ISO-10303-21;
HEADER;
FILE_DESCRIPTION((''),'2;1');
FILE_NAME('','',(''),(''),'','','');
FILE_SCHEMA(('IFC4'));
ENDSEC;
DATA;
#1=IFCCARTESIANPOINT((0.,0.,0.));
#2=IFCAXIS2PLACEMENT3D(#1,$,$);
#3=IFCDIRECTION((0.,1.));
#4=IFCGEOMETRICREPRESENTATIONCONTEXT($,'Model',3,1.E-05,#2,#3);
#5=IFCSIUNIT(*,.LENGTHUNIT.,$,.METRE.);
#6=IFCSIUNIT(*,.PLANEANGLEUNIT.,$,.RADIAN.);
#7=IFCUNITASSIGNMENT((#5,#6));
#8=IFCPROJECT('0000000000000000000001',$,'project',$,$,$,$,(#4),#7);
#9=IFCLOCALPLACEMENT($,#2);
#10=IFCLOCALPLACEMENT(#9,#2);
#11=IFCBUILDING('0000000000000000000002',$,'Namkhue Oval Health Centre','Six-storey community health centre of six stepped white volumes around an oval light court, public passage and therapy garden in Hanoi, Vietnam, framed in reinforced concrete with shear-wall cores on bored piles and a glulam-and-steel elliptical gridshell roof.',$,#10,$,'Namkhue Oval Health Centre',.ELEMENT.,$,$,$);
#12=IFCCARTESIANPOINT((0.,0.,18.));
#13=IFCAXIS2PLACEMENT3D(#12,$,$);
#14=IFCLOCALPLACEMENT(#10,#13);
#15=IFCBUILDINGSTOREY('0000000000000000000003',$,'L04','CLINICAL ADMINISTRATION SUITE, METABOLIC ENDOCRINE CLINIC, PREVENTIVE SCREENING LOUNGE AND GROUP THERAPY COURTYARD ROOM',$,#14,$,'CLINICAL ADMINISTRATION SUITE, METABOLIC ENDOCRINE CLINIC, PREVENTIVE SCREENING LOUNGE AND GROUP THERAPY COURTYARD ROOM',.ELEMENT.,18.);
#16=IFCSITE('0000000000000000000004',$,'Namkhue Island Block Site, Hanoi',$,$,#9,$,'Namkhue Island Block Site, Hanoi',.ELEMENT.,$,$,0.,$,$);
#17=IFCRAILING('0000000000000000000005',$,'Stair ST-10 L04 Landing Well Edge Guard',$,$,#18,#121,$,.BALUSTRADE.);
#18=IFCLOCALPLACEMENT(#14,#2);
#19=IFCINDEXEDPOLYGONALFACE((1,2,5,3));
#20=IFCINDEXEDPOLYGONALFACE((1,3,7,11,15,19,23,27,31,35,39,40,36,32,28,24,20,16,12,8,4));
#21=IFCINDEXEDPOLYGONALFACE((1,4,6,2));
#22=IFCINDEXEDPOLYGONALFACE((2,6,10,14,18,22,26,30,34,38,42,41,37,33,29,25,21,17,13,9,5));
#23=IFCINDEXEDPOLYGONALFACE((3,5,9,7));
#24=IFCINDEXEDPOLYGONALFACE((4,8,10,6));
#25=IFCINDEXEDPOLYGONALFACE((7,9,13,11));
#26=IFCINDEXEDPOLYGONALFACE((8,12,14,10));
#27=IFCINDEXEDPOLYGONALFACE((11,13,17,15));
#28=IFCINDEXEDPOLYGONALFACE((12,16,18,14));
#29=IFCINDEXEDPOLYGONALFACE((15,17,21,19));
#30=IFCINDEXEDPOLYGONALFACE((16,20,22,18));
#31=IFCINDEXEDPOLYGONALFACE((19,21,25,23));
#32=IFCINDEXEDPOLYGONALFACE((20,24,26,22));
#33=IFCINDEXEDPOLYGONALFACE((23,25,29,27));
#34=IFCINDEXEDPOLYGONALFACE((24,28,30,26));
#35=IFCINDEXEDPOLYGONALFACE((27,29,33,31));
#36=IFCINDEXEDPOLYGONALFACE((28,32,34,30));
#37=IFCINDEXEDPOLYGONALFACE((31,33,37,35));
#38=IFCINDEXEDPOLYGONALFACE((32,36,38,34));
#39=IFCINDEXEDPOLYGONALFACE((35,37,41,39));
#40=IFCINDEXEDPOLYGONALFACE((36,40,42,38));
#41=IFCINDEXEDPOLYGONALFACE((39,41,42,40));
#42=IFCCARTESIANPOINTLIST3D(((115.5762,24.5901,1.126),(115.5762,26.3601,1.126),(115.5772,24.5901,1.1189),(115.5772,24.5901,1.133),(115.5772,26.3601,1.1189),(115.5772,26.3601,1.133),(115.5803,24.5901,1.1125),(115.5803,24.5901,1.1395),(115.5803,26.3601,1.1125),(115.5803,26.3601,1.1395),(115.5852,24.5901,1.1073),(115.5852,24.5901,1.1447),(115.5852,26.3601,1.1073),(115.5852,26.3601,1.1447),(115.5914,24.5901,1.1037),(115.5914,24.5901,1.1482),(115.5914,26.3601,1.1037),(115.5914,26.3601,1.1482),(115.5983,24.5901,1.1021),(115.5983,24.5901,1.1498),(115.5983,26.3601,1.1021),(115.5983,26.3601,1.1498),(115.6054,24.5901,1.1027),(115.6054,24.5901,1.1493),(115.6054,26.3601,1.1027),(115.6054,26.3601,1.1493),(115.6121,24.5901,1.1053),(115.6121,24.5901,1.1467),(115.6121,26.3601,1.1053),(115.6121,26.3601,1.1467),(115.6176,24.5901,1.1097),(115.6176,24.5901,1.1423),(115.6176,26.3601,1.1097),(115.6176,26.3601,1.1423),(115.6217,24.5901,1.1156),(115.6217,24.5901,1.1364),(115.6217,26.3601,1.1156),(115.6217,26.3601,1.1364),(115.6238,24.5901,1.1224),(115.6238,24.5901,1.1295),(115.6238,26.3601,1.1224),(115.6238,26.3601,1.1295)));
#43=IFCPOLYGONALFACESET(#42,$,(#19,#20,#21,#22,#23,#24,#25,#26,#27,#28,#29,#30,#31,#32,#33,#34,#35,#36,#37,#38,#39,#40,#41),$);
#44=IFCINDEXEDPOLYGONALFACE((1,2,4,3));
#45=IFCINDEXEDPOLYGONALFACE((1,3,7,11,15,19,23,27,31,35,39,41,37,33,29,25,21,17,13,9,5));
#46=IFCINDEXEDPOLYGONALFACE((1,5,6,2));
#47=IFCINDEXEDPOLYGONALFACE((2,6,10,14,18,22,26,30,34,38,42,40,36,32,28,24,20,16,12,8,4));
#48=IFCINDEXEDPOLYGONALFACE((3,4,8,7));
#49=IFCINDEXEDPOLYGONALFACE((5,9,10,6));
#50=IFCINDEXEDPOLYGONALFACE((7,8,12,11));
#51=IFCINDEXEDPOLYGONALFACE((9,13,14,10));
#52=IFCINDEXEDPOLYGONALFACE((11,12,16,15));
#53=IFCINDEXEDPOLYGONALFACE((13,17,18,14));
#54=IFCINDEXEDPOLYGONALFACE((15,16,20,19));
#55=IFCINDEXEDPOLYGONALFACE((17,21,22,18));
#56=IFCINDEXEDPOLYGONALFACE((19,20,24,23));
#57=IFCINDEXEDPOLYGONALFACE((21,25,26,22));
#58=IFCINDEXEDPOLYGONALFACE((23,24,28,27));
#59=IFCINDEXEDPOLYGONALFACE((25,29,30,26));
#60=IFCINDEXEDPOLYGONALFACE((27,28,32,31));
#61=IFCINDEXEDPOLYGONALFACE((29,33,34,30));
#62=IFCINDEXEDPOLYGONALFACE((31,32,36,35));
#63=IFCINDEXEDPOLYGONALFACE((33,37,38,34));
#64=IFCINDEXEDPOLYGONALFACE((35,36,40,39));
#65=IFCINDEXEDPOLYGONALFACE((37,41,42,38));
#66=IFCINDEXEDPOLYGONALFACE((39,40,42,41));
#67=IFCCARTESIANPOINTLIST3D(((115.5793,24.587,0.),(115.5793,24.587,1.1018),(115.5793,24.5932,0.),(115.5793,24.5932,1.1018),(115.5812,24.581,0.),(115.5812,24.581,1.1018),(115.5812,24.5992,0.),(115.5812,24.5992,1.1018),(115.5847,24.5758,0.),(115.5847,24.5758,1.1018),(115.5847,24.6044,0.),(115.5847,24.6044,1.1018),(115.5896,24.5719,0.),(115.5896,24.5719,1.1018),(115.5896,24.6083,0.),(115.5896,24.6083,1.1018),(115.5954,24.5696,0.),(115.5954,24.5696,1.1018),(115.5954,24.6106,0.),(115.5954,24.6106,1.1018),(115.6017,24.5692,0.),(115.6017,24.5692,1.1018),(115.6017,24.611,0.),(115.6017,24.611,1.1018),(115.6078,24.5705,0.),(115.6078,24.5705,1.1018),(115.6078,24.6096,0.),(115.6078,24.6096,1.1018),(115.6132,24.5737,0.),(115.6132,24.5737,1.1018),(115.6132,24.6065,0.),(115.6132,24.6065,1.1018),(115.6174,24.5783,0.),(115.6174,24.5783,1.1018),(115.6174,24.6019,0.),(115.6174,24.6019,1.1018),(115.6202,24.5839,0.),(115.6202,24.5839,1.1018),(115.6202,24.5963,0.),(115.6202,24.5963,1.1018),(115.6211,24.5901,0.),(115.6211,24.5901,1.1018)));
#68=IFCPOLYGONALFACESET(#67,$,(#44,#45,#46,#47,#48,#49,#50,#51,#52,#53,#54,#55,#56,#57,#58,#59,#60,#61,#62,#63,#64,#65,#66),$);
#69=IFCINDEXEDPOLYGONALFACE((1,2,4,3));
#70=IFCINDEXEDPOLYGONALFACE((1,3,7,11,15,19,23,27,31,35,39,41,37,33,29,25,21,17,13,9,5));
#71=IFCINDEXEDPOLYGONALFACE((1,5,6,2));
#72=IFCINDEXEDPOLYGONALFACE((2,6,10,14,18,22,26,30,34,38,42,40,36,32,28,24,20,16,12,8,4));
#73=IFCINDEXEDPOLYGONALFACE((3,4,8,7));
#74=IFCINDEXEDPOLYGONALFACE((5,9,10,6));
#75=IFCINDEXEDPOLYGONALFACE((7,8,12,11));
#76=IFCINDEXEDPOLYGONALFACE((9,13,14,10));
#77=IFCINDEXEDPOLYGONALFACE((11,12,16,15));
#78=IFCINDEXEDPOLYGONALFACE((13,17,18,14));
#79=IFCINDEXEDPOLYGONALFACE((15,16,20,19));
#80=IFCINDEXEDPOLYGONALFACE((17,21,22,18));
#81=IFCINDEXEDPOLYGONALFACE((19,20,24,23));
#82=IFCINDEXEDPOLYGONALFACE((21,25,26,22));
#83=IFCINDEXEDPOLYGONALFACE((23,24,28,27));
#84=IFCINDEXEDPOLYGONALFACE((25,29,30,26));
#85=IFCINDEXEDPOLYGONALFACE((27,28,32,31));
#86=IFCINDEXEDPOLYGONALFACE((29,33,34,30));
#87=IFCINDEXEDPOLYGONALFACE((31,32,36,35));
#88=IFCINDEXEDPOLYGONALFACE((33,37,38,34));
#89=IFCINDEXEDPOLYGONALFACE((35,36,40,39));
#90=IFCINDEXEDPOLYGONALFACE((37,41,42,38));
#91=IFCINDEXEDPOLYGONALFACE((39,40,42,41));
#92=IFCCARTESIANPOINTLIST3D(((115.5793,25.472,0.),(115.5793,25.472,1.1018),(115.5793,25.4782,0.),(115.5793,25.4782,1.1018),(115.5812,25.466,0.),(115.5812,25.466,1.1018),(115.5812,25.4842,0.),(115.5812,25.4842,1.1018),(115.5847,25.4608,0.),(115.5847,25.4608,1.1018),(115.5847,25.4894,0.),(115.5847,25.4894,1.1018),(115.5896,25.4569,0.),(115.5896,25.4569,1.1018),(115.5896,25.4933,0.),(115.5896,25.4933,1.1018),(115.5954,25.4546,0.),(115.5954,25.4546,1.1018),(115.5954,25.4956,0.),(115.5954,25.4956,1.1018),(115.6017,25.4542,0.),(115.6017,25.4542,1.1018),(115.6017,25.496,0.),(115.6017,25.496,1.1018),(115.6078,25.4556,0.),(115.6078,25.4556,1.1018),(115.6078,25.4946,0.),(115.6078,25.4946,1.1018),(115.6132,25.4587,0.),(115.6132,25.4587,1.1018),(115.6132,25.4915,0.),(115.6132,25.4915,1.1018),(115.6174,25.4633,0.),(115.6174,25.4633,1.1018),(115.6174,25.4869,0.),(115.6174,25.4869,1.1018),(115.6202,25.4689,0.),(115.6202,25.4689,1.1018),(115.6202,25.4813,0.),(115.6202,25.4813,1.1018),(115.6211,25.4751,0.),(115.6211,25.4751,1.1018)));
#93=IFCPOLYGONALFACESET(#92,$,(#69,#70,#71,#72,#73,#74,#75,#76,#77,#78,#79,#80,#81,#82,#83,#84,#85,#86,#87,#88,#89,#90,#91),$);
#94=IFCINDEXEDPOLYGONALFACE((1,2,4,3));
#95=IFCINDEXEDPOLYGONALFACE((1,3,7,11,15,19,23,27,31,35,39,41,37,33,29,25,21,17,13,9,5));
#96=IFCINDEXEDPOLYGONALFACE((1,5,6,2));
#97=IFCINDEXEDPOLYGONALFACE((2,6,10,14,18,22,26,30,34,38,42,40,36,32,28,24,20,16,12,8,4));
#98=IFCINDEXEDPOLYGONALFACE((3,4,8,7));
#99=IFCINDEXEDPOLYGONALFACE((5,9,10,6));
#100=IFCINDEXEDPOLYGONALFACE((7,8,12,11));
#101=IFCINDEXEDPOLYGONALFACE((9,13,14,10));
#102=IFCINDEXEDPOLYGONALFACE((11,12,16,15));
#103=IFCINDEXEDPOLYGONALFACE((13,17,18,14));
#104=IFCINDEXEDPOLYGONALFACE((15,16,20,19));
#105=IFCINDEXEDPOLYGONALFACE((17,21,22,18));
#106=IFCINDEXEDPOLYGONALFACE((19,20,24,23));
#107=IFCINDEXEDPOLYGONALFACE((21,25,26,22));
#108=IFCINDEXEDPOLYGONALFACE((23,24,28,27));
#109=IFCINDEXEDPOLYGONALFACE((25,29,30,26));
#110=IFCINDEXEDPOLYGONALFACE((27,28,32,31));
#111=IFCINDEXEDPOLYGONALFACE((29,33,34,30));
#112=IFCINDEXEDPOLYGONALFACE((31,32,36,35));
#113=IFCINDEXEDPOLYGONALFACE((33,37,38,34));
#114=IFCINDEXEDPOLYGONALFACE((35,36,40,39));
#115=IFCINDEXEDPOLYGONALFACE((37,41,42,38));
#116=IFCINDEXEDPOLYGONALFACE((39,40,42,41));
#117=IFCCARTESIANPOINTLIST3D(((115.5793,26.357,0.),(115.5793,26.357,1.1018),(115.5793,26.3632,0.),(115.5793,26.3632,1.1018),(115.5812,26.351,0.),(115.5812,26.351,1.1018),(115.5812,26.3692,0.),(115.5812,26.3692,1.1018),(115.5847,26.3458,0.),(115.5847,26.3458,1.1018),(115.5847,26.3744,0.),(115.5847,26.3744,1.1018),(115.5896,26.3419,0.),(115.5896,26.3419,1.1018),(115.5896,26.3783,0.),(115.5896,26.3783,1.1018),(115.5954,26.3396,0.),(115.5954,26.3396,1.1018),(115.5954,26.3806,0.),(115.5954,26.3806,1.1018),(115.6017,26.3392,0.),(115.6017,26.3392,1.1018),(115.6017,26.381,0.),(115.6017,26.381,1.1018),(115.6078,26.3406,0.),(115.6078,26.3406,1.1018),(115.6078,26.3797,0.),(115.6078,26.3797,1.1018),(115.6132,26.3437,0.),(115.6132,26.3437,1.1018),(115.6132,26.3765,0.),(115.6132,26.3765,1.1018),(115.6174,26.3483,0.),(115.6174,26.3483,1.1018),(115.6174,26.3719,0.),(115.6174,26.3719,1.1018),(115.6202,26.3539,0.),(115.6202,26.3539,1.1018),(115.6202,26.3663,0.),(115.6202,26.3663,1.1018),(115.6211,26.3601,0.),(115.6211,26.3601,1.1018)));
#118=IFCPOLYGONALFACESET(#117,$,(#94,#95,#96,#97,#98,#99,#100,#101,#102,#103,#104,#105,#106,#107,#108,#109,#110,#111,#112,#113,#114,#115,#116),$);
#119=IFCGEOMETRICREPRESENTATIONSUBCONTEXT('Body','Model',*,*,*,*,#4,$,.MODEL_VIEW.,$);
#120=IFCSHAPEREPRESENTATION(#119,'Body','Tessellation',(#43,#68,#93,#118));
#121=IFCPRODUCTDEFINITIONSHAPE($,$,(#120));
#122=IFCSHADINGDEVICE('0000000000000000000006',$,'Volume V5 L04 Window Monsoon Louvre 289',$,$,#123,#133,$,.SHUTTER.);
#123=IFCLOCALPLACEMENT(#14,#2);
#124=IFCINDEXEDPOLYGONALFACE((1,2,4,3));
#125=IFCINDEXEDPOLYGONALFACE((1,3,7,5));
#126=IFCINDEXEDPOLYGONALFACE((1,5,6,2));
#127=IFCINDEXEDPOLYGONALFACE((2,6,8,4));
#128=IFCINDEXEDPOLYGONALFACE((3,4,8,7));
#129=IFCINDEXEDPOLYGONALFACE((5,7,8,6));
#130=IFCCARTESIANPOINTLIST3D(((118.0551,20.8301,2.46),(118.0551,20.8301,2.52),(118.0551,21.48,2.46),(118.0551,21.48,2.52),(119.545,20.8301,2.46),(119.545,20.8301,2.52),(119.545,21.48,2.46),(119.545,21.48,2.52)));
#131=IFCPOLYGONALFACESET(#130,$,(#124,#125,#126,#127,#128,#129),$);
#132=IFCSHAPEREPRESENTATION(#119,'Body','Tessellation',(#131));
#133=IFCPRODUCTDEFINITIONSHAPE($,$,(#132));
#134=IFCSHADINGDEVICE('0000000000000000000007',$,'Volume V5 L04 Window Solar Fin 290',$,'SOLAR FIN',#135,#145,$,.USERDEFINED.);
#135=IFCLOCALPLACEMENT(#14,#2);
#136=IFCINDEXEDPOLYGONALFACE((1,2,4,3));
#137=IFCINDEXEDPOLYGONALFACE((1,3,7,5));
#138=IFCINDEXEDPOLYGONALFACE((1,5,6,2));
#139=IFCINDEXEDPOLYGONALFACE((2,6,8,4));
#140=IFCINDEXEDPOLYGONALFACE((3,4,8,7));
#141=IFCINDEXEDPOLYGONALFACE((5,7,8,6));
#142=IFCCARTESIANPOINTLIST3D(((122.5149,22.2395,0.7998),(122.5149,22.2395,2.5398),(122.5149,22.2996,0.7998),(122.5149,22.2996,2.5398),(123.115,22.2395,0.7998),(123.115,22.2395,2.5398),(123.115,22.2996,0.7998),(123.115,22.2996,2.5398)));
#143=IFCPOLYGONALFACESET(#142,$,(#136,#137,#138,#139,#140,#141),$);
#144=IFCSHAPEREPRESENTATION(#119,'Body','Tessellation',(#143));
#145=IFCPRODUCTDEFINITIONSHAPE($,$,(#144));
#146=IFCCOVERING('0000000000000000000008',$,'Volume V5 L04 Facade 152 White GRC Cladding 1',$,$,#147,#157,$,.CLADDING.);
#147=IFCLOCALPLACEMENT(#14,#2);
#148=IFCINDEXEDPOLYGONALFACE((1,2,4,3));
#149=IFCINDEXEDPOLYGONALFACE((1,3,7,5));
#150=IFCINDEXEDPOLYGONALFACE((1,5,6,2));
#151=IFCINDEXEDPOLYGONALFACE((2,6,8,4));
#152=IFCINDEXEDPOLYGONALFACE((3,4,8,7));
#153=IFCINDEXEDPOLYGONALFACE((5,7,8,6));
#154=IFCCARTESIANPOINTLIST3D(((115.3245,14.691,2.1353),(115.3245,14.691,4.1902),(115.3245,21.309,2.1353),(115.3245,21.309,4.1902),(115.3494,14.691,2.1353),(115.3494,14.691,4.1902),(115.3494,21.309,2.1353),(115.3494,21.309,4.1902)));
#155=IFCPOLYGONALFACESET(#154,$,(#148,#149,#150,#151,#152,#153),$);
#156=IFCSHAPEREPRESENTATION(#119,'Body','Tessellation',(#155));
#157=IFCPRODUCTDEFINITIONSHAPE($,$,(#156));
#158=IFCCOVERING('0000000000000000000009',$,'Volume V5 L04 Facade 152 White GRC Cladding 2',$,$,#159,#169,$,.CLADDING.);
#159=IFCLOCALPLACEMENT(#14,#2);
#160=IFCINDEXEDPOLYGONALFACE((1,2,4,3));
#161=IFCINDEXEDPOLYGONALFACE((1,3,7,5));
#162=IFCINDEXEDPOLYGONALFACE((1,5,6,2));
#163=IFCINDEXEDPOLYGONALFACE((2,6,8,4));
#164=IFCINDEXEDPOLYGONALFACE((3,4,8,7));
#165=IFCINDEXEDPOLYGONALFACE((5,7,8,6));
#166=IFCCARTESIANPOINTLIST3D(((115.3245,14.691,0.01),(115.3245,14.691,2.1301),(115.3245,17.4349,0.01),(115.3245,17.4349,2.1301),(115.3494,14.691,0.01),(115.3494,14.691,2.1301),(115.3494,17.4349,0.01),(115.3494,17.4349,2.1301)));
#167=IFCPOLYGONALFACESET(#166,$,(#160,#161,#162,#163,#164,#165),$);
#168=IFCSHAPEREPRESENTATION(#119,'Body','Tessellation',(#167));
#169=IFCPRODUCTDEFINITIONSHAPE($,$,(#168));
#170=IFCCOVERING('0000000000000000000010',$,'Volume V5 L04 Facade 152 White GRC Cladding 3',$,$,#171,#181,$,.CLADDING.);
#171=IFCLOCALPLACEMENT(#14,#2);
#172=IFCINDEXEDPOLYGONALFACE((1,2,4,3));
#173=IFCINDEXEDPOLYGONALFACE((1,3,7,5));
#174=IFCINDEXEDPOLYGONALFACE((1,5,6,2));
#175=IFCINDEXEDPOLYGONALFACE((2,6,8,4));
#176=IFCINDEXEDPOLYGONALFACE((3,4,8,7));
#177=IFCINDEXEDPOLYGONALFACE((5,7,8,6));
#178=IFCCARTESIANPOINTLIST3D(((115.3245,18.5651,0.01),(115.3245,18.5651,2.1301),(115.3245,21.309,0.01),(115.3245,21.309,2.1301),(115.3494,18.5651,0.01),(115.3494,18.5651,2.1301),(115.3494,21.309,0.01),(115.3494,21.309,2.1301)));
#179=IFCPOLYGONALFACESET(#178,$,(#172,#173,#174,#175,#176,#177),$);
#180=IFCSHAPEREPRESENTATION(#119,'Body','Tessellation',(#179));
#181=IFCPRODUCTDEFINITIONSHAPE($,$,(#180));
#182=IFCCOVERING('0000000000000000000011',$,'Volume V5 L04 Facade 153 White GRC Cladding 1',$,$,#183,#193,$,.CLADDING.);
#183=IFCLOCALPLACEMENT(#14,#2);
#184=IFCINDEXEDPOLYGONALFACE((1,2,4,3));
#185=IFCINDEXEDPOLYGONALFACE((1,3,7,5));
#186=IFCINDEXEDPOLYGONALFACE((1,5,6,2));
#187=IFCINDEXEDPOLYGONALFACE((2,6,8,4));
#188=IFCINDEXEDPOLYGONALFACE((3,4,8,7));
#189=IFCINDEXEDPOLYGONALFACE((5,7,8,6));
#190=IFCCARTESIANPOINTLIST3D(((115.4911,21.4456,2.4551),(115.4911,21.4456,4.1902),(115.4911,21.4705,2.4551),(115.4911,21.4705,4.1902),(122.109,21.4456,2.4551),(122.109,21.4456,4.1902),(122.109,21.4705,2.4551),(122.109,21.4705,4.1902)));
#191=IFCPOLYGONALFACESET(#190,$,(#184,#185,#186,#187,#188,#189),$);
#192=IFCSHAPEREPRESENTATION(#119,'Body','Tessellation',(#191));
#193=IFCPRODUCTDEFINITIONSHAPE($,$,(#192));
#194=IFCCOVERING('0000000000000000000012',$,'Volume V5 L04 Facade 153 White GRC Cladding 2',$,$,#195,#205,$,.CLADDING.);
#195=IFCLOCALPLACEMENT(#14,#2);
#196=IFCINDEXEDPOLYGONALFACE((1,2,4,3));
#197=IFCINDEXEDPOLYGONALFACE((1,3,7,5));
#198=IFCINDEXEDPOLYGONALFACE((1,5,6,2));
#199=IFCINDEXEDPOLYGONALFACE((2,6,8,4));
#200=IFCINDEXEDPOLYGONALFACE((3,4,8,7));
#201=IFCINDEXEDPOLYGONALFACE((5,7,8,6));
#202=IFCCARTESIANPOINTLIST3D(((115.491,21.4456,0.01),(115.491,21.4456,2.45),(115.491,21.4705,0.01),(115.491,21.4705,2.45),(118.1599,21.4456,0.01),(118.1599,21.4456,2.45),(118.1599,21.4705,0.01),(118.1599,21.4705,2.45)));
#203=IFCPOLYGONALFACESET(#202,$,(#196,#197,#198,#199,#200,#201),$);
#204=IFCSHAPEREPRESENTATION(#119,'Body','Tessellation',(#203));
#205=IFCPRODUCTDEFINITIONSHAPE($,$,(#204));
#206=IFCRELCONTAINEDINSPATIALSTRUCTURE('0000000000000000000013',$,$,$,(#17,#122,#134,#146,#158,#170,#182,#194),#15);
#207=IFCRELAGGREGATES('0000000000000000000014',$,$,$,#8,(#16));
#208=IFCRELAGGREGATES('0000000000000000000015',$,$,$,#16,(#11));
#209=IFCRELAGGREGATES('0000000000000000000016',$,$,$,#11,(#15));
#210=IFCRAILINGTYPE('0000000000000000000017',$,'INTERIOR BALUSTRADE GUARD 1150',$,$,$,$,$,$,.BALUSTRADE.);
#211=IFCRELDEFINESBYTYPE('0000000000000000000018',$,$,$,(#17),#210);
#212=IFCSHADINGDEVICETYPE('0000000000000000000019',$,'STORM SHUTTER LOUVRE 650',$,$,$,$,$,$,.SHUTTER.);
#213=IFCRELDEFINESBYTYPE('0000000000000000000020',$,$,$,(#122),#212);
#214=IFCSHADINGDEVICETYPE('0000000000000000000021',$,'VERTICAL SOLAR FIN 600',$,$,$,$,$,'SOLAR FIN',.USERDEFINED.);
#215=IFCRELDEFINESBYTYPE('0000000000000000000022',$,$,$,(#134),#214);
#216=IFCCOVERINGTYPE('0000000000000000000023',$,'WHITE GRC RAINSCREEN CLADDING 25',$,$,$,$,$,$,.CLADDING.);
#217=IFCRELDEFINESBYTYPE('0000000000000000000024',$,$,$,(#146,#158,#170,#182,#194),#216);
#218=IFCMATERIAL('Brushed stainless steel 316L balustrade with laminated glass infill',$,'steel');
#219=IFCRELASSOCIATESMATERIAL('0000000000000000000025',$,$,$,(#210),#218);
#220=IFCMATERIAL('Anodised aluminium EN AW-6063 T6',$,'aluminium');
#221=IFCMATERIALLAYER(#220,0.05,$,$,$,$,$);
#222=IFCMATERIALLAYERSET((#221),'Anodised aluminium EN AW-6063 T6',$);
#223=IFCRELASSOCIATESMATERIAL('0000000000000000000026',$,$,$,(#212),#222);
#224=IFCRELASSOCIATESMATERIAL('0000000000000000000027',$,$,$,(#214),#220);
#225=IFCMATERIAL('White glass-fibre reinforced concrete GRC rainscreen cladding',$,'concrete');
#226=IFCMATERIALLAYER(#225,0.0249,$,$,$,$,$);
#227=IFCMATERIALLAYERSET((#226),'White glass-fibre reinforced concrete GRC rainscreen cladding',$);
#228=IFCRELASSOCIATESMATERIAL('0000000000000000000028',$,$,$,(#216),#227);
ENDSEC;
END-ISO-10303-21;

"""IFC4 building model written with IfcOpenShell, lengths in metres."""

from ifc_helpers import new_model, si_unit, direction, frame, origin, origin_2d, place, context, subcontext, project, spatial, rectangle, circle, extrude, material, layer, layer_set, type_object, element, save


model = new_model("IFC4")

# Units and contexts
model_context = context("Model", 3, precision=1e-05, world=origin(), true_north=direction((0.0, 1.0)))
body_context = subcontext(model_context, "Body", "Model", "MODEL_VIEW")
ifc_project = project(units=[si_unit("LENGTHUNIT", "METRE"), si_unit("PLANEANGLEUNIT", "RADIAN")], contexts=[model_context])

# Site, building, storey
site_placement = place(None, origin())
site = spatial("IfcSite", under=ifc_project, at=site_placement, Name="Namkhue Island Block Site, Hanoi", LongName="Namkhue Island Block Site, Hanoi", CompositionType="ELEMENT", RefElevation=0.0)
building_placement = place(site_placement, origin())
building = spatial("IfcBuilding", under=site, at=building_placement, Name="Namkhue Oval Health Centre", Description="Six-storey community health centre of six stepped white volumes around an oval light court, public passage and therapy garden in Hanoi, Vietnam, framed in reinforced concrete with shear-wall cores on bored piles and a glulam-and-steel elliptical gridshell roof.", LongName="Namkhue Oval Health Centre", CompositionType="ELEMENT")
storey_placement = place(building_placement, frame((0.0, 0.0, 18.0)))
storey = spatial("IfcBuildingStorey", under=building, at=storey_placement, Name="L04", Description="CLINICAL ADMINISTRATION SUITE, METABOLIC ENDOCRINE CLINIC, PREVENTIVE SCREENING LOUNGE AND GROUP THERAPY COURTYARD ROOM", LongName="CLINICAL ADMINISTRATION SUITE, METABOLIC ENDOCRINE CLINIC, PREVENTIVE SCREENING LOUNGE AND GROUP THERAPY COURTYARD ROOM", CompositionType="ELEMENT", Elevation=18.0)

# Railing
ifc_material_1 = material(Name="Brushed stainless steel 316L balustrade with laminated glass infill", Category="steel")
railing_type = type_object("IfcRailingType", Name="INTERIOR BALUSTRADE GUARD 1150", PredefinedType="BALUSTRADE", material=ifc_material_1)
railing_placement = place(storey_placement, frame((115.6001, 24.5901, 0.0)))
element("IfcRailing", 1, at=railing_placement, inside=storey, type_object=railing_type, Name="Stair ST-10 L04 Landing Well Edge Guard", PredefinedType="BALUSTRADE", context=body_context, shape_type="SweptSolid", body=[
    extrude(circle(Radius=0.0239, at=origin_2d()), frame((0.0, 0.0, 1.126), z_axis=(0.0, 1.0, 0.0), x_axis=(-1.0, 0.0, 0.0)), (0.0, 0.0, 1.0), 1.77),
    extrude(circle(Radius=0.021, at=origin_2d()), origin(), (0.0, 0.0, 1.0), 1.1018),
    extrude(circle(Radius=0.021, at=origin_2d()), frame((0.0, 0.885, 0.0)), (0.0, 0.0, 1.0), 1.1018),
    extrude(circle(Radius=0.021, at=origin_2d()), frame((0.0, 1.77, 0.0)), (0.0, 0.0, 1.0), 1.1018),
])

# Shading devices
ifc_material_2 = material(Name="Anodised aluminium EN AW-6063 T6", Category="aluminium")
ifc_layer_1 = layer(ifc_material_2, 0.05)
ifc_layer_set_1 = layer_set([ifc_layer_1], Name="Anodised aluminium EN AW-6063 T6")
shading_device_type_1 = type_object("IfcShadingDeviceType", Name="STORM SHUTTER LOUVRE 650", PredefinedType="SHUTTER", material=ifc_layer_set_1)
shading_device_1_placement = place(storey_placement, frame((118.8, 21.155, 2.46), z_axis=(0.0, 0.0, 1.0), x_axis=(1.0, 0.0, 0.0)))
element("IfcShadingDevice", 2, at=shading_device_1_placement, inside=storey, type_object=shading_device_type_1, Name="Volume V5 L04 Window Monsoon Louvre 289", PredefinedType="SHUTTER", context=body_context, shape_type="SweptSolid", body=[
    extrude(rectangle(XDim=1.49, YDim=0.6499, at=origin_2d()), origin(), (0.0, 0.0, 1.0), 0.0601),
])
shading_device_type_2 = type_object("IfcShadingDeviceType", Name="VERTICAL SOLAR FIN 600", ElementType="SOLAR FIN", PredefinedType="USERDEFINED", material=ifc_material_2)
shading_device_2_placement = place(storey_placement, frame((122.8149, 22.2695, 0.7998), z_axis=(0.0, 0.0, 1.0), x_axis=(1.0, 0.0, 0.0)))
element("IfcShadingDevice", 3, at=shading_device_2_placement, inside=storey, type_object=shading_device_type_2, Name="Volume V5 L04 Window Solar Fin 290", ObjectType="SOLAR FIN", PredefinedType="USERDEFINED", context=body_context, shape_type="SweptSolid", body=[
    extrude(rectangle(XDim=0.6001, YDim=0.0601, at=origin_2d()), origin(), (0.0, 0.0, 1.0), 1.74),
])

# Coverings
ifc_material_3 = material(Name="White glass-fibre reinforced concrete GRC rainscreen cladding", Category="concrete")
ifc_layer_2 = layer(ifc_material_3, 0.0249)
ifc_layer_set_2 = layer_set([ifc_layer_2], Name="White glass-fibre reinforced concrete GRC rainscreen cladding")
covering_type = type_object("IfcCoveringType", Name="WHITE GRC RAINSCREEN CLADDING 25", PredefinedType="CLADDING", material=ifc_layer_set_2)
covering_1_placement = place(storey_placement, frame((115.3369, 18.0, 2.1353), z_axis=(0.0, 0.0, 1.0), x_axis=(0.0, 1.0, 0.0)))
element("IfcCovering", 4, at=covering_1_placement, inside=storey, type_object=covering_type, Name="Volume V5 L04 Facade 152 White GRC Cladding 1", PredefinedType="CLADDING", context=body_context, shape_type="SweptSolid", body=[
    extrude(rectangle(XDim=6.6179, YDim=0.0249, at=origin_2d()), origin(), (0.0, 0.0, 1.0), 2.0549),
])
for number, where, z_axis, x_axis, name in (
    (5, (115.3369, 16.063, 0.01), (0.0, 0.0, 1.0), (0.0, 1.0, 0.0), "Volume V5 L04 Facade 152 White GRC Cladding 2"),
    (6, (115.3369, 19.937, 0.01), (0.0, 0.0, 1.0), (0.0, 1.0, 0.0), "Volume V5 L04 Facade 152 White GRC Cladding 3"),
):
    element("IfcCovering", number, at=place(storey_placement, frame(where, z_axis=z_axis, x_axis=x_axis)), inside=storey, type_object=covering_type, Name=name, PredefinedType="CLADDING", context=body_context, shape_type="SweptSolid", body=[
        extrude(rectangle(XDim=2.7439, YDim=0.0249, at=origin_2d()), origin(), (0.0, 0.0, 1.0), 2.1201),
    ])
covering_2_placement = place(storey_placement, frame((118.8, 21.458, 2.4551), z_axis=(0.0, 0.0, 1.0), x_axis=(1.0, 0.0, 0.0)))
element("IfcCovering", 7, at=covering_2_placement, inside=storey, type_object=covering_type, Name="Volume V5 L04 Facade 153 White GRC Cladding 1", PredefinedType="CLADDING", context=body_context, shape_type="SweptSolid", body=[
    extrude(rectangle(XDim=6.6179, YDim=0.0249, at=origin_2d()), origin(), (0.0, 0.0, 1.0), 1.7351),
])
covering_3_placement = place(storey_placement, frame((116.8254, 21.458, 0.01), z_axis=(0.0, 0.0, 1.0), x_axis=(1.0, 0.0, 0.0)))
element("IfcCovering", 8, at=covering_3_placement, inside=storey, type_object=covering_type, Name="Volume V5 L04 Facade 153 White GRC Cladding 2", PredefinedType="CLADDING", context=body_context, shape_type="SweptSolid", body=[
    extrude(rectangle(XDim=2.6689, YDim=0.0249, at=origin_2d()), origin(), (0.0, 0.0, 1.0), 2.4399),
])

save(model, "model.ifc")
